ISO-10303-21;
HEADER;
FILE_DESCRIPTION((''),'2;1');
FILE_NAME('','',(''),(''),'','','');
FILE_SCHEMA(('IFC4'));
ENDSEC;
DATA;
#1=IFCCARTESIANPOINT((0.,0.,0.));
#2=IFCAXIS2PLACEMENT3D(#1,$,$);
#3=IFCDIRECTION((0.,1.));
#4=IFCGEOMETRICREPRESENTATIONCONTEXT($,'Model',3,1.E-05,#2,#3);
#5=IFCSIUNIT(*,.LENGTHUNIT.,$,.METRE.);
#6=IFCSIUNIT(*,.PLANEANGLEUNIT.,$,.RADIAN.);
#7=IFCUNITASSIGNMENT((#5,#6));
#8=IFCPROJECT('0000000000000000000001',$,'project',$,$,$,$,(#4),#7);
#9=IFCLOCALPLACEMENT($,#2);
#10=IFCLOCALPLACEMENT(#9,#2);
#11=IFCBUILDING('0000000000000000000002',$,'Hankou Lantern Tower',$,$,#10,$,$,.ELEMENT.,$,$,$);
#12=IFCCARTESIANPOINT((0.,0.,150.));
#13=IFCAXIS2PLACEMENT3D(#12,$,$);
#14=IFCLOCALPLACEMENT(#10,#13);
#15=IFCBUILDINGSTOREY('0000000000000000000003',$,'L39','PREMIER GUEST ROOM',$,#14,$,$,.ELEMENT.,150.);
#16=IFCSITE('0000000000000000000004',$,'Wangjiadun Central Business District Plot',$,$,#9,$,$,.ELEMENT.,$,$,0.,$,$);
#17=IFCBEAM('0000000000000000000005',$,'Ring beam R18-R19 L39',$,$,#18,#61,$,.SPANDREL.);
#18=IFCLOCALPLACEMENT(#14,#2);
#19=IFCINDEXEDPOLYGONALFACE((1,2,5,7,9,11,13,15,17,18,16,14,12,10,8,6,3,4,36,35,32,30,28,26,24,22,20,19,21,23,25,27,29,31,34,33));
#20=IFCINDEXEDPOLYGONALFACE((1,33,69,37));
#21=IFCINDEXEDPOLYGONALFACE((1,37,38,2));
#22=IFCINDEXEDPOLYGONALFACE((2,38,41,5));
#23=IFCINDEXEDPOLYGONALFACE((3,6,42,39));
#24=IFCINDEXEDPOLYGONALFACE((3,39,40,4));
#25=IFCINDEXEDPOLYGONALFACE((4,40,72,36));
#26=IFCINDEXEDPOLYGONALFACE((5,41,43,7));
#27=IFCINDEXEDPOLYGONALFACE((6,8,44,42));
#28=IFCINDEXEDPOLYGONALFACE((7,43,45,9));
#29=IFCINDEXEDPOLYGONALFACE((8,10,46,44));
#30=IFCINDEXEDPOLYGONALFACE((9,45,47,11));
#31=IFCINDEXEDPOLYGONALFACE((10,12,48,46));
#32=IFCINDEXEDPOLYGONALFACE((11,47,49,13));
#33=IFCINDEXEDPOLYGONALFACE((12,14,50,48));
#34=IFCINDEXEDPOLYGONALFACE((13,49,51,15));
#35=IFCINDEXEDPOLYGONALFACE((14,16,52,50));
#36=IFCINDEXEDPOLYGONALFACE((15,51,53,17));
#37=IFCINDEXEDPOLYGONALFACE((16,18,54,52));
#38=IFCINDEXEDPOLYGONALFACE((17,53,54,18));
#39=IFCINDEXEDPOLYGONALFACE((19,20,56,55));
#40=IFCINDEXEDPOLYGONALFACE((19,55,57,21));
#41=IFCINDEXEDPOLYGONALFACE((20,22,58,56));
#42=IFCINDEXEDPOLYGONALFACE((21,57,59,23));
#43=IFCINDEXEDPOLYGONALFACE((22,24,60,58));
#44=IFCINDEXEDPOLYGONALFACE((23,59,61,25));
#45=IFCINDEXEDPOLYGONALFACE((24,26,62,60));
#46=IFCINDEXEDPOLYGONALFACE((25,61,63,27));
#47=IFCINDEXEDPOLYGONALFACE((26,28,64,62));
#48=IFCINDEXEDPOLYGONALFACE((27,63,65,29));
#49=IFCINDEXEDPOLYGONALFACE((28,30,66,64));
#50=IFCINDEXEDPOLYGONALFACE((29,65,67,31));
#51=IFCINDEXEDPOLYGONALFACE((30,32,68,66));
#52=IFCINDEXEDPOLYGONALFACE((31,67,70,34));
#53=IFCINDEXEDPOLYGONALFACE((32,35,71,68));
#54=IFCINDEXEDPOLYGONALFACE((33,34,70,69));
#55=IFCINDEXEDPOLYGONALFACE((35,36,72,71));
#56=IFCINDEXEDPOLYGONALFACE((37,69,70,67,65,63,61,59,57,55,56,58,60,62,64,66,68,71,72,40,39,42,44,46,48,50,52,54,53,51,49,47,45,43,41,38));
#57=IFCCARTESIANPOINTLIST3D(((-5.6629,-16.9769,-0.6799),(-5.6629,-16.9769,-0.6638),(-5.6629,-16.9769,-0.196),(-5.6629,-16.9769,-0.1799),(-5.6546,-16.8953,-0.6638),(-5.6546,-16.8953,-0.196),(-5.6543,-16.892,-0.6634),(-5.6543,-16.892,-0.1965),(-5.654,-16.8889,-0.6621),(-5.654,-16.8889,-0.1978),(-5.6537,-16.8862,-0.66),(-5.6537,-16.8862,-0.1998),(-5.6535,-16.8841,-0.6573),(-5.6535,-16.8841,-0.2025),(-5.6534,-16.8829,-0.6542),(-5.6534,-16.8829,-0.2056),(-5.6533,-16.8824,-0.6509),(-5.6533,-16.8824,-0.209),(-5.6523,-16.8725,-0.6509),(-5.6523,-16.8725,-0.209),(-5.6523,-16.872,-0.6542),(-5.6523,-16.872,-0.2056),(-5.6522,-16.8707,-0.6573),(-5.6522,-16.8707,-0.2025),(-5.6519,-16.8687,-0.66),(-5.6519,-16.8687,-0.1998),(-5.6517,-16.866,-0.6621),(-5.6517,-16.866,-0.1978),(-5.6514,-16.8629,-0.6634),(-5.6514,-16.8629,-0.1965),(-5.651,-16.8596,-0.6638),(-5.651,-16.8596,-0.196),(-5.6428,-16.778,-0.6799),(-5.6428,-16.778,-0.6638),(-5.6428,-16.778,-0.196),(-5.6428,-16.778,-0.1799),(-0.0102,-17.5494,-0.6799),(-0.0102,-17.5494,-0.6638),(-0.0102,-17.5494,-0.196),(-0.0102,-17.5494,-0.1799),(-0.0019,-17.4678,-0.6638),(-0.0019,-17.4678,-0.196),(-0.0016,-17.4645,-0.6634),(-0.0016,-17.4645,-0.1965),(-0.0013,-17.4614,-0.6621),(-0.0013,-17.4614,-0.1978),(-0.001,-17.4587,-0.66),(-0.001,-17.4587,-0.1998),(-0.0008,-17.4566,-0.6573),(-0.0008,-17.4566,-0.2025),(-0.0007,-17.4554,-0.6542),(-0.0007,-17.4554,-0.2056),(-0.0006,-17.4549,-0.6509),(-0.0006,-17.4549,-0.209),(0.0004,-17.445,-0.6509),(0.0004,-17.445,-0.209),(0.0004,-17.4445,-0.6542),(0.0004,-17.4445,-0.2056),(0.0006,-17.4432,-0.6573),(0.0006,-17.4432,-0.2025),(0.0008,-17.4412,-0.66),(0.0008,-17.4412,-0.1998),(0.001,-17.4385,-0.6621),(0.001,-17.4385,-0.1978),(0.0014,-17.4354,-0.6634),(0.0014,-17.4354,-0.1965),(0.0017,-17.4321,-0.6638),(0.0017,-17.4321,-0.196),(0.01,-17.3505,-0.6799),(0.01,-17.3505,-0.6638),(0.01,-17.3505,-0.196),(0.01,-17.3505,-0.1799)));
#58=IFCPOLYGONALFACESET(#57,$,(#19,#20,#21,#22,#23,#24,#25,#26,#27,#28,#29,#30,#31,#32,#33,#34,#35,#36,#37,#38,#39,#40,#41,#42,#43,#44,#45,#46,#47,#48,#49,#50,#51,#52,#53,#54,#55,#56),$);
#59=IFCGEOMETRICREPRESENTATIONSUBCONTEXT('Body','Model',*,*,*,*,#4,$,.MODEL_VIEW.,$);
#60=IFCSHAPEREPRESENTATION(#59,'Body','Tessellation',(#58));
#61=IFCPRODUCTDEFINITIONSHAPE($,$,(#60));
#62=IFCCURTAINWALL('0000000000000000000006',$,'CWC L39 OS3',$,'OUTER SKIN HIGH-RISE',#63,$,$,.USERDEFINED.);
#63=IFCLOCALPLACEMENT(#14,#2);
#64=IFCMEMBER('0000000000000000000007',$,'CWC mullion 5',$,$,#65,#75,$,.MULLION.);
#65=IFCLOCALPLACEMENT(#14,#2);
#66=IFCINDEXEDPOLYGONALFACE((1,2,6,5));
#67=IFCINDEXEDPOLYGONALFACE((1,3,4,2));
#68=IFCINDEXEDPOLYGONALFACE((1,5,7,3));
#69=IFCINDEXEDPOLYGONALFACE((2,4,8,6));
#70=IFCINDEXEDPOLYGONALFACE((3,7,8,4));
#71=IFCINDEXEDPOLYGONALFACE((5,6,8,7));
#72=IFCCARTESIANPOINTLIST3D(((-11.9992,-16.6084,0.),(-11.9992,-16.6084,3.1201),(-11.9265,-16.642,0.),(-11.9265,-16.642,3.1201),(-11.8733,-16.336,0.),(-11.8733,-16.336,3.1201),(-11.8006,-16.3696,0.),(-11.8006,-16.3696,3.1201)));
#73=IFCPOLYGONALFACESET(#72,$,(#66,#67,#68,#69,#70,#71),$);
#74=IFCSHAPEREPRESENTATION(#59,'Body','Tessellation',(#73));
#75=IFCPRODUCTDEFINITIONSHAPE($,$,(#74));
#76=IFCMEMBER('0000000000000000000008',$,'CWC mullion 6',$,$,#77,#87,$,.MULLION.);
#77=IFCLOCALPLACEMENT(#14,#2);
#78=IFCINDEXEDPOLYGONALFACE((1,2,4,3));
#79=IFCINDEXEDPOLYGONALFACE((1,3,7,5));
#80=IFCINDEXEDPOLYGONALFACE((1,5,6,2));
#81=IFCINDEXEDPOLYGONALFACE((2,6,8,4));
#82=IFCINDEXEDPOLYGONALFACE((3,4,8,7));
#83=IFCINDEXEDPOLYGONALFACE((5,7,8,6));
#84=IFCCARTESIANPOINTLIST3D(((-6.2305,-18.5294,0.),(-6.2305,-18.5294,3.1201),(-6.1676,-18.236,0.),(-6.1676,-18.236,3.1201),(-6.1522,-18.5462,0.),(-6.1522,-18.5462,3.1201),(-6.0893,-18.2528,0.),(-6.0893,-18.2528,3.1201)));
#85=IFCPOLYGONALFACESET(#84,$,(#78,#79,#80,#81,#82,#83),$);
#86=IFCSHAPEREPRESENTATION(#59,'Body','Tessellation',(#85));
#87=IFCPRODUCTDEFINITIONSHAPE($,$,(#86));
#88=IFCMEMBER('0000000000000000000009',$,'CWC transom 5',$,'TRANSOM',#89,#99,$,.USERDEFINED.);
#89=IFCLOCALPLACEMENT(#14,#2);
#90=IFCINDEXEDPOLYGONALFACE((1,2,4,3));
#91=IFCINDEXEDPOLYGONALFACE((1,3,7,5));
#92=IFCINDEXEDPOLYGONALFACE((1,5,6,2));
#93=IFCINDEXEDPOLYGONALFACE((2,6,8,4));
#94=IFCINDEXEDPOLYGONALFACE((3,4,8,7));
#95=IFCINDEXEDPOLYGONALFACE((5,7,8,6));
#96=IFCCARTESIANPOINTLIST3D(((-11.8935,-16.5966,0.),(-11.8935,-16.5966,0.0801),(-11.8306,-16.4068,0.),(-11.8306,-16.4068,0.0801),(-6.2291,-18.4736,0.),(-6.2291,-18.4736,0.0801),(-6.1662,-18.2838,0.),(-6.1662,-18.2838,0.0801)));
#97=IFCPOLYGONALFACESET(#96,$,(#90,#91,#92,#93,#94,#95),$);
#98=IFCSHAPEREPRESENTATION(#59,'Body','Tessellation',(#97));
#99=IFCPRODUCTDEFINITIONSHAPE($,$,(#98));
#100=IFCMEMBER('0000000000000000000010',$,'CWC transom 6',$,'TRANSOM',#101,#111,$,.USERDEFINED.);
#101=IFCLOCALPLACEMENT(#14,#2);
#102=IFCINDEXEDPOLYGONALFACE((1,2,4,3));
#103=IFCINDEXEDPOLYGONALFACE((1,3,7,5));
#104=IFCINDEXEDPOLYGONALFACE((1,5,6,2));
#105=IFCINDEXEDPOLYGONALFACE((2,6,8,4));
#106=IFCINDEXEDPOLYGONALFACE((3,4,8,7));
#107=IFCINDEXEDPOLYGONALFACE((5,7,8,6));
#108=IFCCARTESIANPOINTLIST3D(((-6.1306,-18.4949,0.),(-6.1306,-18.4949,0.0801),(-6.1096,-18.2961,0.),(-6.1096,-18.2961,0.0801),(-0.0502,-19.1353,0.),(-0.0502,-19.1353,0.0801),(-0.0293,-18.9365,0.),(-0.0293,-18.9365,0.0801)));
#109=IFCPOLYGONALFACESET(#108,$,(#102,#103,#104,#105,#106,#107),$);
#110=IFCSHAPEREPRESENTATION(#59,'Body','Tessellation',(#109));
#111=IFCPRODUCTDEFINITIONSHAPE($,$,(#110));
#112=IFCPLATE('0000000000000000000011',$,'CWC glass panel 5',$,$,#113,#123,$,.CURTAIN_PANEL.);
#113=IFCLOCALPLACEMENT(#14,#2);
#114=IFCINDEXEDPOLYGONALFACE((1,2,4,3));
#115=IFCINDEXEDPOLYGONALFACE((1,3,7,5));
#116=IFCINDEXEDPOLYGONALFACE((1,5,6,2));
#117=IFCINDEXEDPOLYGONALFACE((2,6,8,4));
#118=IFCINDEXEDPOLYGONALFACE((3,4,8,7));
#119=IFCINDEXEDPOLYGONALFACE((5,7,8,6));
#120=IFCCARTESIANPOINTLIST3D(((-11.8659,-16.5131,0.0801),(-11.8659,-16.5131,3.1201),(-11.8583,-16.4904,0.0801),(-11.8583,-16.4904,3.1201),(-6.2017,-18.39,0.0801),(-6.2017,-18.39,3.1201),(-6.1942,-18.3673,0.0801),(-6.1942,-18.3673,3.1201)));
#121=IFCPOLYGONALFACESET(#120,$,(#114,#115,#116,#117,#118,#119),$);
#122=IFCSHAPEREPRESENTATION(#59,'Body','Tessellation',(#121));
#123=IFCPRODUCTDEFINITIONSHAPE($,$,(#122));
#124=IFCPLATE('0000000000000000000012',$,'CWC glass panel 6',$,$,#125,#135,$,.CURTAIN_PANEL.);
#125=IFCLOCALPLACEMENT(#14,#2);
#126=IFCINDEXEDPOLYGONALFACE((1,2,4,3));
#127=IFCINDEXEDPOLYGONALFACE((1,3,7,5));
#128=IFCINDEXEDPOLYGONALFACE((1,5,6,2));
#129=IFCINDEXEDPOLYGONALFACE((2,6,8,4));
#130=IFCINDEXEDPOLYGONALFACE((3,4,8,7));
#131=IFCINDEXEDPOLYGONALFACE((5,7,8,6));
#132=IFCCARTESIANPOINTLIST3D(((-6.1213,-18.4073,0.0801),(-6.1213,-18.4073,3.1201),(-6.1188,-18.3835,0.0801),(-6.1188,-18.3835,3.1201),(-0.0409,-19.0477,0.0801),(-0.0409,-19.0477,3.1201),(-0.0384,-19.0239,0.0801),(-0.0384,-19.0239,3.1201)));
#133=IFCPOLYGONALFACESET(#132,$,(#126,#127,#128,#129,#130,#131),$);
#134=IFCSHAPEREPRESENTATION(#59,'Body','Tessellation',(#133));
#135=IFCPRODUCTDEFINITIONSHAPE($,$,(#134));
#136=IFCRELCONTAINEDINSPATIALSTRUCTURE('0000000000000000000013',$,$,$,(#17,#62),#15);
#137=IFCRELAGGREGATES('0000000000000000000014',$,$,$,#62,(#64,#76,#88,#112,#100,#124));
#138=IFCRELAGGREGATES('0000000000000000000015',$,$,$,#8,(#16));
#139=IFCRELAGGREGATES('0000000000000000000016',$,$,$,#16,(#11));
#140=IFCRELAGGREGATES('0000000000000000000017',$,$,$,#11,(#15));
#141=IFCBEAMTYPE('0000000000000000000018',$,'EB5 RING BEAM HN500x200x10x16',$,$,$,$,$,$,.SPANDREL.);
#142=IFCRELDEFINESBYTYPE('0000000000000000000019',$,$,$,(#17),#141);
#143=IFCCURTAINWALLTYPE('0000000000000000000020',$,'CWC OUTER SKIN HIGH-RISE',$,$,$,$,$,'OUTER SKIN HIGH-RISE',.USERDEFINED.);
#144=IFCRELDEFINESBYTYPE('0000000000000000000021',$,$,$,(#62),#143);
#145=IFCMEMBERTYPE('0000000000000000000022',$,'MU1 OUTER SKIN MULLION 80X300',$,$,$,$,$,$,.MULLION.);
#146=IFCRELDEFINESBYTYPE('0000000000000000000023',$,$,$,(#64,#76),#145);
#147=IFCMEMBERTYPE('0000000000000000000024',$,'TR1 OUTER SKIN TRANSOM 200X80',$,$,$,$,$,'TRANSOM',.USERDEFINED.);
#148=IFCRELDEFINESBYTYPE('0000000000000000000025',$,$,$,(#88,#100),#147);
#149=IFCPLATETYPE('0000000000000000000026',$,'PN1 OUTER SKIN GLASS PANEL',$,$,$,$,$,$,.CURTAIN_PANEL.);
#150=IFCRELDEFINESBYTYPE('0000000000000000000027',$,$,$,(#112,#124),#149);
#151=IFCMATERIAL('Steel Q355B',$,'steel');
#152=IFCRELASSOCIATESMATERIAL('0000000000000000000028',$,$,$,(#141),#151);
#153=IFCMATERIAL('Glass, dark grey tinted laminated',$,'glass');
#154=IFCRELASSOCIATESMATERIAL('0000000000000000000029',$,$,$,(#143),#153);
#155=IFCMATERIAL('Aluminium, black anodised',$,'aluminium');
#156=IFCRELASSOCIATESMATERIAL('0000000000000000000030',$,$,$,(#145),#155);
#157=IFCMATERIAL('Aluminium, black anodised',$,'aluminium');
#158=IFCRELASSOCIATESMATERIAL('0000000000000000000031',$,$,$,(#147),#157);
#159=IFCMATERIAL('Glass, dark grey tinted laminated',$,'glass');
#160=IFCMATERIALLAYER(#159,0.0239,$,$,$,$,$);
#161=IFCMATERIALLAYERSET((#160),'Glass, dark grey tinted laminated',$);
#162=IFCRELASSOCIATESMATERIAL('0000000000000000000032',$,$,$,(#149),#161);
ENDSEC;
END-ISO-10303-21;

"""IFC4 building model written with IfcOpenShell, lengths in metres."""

from ifc_helpers import new_model, si_unit, direction, frame, origin, origin_2d, place, context, subcontext, project, spatial, rectangle, i_section, extrude, material, layer, layer_set, material_profile, profile_set, type_object, element, aggregate, save


model = new_model("IFC4")

# Units and contexts
model_context = context("Model", 3, precision=1e-05, world=origin(), true_north=direction((0.0, 1.0)))
body_context = subcontext(model_context, "Body", "Model", "MODEL_VIEW")
ifc_project = project(units=[si_unit("LENGTHUNIT", "METRE"), si_unit("PLANEANGLEUNIT", "RADIAN")], contexts=[model_context])

# Site, building, storey
site_placement = place(None, origin())
site = spatial("IfcSite", under=ifc_project, at=site_placement, Name="Wangjiadun Central Business District Plot", CompositionType="ELEMENT", RefElevation=0.0)
building_placement = place(site_placement, origin())
building = spatial("IfcBuilding", under=site, at=building_placement, Name="Hankou Lantern Tower", CompositionType="ELEMENT")
storey_placement = place(building_placement, frame((0.0, 0.0, 150.0)))
storey = spatial("IfcBuildingStorey", under=building, at=storey_placement, Name="L39", Description="PREMIER GUEST ROOM", CompositionType="ELEMENT", Elevation=150.0)

# Beam
ifc_material_1 = material(Name="Steel Q355B", Category="steel")
ifc_material_profile_1 = material_profile(ifc_material_1, i_section(OverallWidth=0.2, OverallDepth=0.5, WebThickness=0.01, FlangeThickness=0.0161, FilletRadius=0.0129, at=origin_2d()), Name="HN500x200x10x16")
ifc_profile_set_1 = profile_set([ifc_material_profile_1], Name="Steel Q355B")
beam_type = type_object("IfcBeamType", Name="EB5 RING BEAM HN500x200x10x16", PredefinedType="SPANDREL", material=ifc_profile_set_1)
beam_1_placement = place(storey_placement, frame((-5.6528, -16.8774, -0.4299), z_axis=(0.99491, -0.100763, 0.0), x_axis=(0.100763, 0.99491, 0.0)))
element("IfcBeam", 1, at=beam_1_placement, inside=storey, type_object=beam_type, Name="Ring beam R18-R19 L39", PredefinedType="SPANDREL", context=body_context, shape_type="SweptSolid", body=[
    extrude(i_section(OverallWidth=0.2, OverallDepth=0.5, WebThickness=0.01, FlangeThickness=0.0161, FilletRadius=0.0129, at=origin_2d()), origin(), (0.0, 0.0, 1.0), 5.6816),
])

# Curtain wall, members, plates
ifc_material_2 = material(Name="Glass, dark grey tinted laminated", Category="glass")
curtain_wall_type = type_object("IfcCurtainWallType", Name="CWC OUTER SKIN HIGH-RISE", ElementType="OUTER SKIN HIGH-RISE", PredefinedType="USERDEFINED", material=ifc_material_2)
curtain_wall_placement = place(storey_placement, origin())
curtain_wall = element("IfcCurtainWall", 2, at=curtain_wall_placement, inside=storey, type_object=curtain_wall_type, Name="CWC L39 OS3", ObjectType="OUTER SKIN HIGH-RISE", PredefinedType="USERDEFINED")
ifc_material_3 = material(Name="Aluminium, black anodised", Category="aluminium")
ifc_material_profile_2 = material_profile(ifc_material_3, rectangle(XDim=0.0801, YDim=0.3, at=origin_2d()), Name="MU1 80X300")
ifc_profile_set_2 = profile_set([ifc_material_profile_2], Name="Aluminium, black anodised")
member_type_1 = type_object("IfcMemberType", Name="MU1 OUTER SKIN MULLION 80X300", PredefinedType="MULLION", material=ifc_profile_set_2)
member_1_placement = place(storey_placement, frame((-11.8999, -16.489, 0.0), z_axis=(0.0, 0.0, 1.0), x_axis=(0.907841, -0.419314, 0.0)))
member_1 = element("IfcMember", 3, at=member_1_placement, type_object=member_type_1, Name="CWC mullion 5", PredefinedType="MULLION", context=body_context, shape_type="SweptSolid", body=[
    extrude(rectangle(XDim=0.0801, YDim=0.3, at=origin_2d()), origin(), (0.0, 0.0, 1.0), 3.1201),
])
member_2_placement = place(storey_placement, frame((-6.1599, -18.3911, 0.0), z_axis=(0.0, 0.0, 1.0), x_axis=(0.977788, -0.209598, 0.0)))
member_2 = element("IfcMember", 4, at=member_2_placement, type_object=member_type_1, Name="CWC mullion 6", PredefinedType="MULLION", context=body_context, shape_type="SweptSolid", body=[
    extrude(rectangle(XDim=0.0801, YDim=0.3, at=origin_2d()), origin(), (0.0, 0.0, 1.0), 3.1201),
])
ifc_material_4 = material(Name="Aluminium, black anodised", Category="aluminium")
ifc_material_profile_3 = material_profile(ifc_material_4, rectangle(XDim=0.2, YDim=0.0801, at=origin_2d()), Name="TR1 200X80")
ifc_profile_set_3 = profile_set([ifc_material_profile_3], Name="Aluminium, black anodised")
member_type_2 = type_object("IfcMemberType", Name="TR1 OUTER SKIN TRANSOM 200X80", ElementType="TRANSOM", PredefinedType="USERDEFINED", material=ifc_profile_set_3)
member_3_placement = place(storey_placement, frame((-11.8621, -16.5017, 0.04), z_axis=(0.949242, -0.314546, 0.0), x_axis=(0.314546, 0.949242, 0.0)))
member_3 = element("IfcMember", 5, at=member_3_placement, type_object=member_type_2, Name="CWC transom 5", ObjectType="TRANSOM", PredefinedType="USERDEFINED", context=body_context, shape_type="SweptSolid", body=[
    extrude(rectangle(XDim=0.2, YDim=0.0801, at=origin_2d()), origin(), (0.0, 0.0, 1.0), 5.9673),
])
member_4_placement = place(storey_placement, frame((-6.1201, -18.3955, 0.04), z_axis=(0.9945, -0.104741, 0.0), x_axis=(0.104741, 0.9945, 0.0)))
member_4 = element("IfcMember", 6, at=member_4_placement, type_object=member_type_2, Name="CWC transom 6", ObjectType="TRANSOM", PredefinedType="USERDEFINED", context=body_context, shape_type="SweptSolid", body=[
    extrude(rectangle(XDim=0.2, YDim=0.0801, at=origin_2d()), origin(), (0.0, 0.0, 1.0), 6.114),
])
ifc_material_5 = material(Name="Glass, dark grey tinted laminated", Category="glass")
ifc_layer_1 = layer(ifc_material_5, 0.0239)
ifc_layer_set_1 = layer_set([ifc_layer_1], Name="Glass, dark grey tinted laminated")
plate_type = type_object("IfcPlateType", Name="PN1 OUTER SKIN GLASS PANEL", PredefinedType="CURTAIN_PANEL", material=ifc_layer_set_1)
plate_1_placement = place(storey_placement, frame((-9.03, -17.4402, 0.0801), z_axis=(0.0, 0.0, 1.0), x_axis=(0.949241, -0.314551, 0.0)))
plate_1 = element("IfcPlate", 7, at=plate_1_placement, type_object=plate_type, Name="CWC glass panel 5", PredefinedType="CURTAIN_PANEL", context=body_context, shape_type="SweptSolid", body=[
    extrude(rectangle(XDim=5.967, YDim=0.0239, at=origin_2d()), origin(), (0.0, 0.0, 1.0), 3.04),
])
plate_2_placement = place(storey_placement, frame((-3.0798, -18.7156, 0.0801), z_axis=(0.0, 0.0, 1.0), x_axis=(0.994499, -0.104743, 0.0)))
plate_2 = element("IfcPlate", 8, at=plate_2_placement, type_object=plate_type, Name="CWC glass panel 6", PredefinedType="CURTAIN_PANEL", context=body_context, shape_type="SweptSolid", body=[
    extrude(rectangle(XDim=6.114, YDim=0.0239, at=origin_2d()), origin(), (0.0, 0.0, 1.0), 3.04),
])
aggregate(curtain_wall, [member_1, member_2, member_3, plate_1, member_4, plate_2])

save(model, "model.ifc")
